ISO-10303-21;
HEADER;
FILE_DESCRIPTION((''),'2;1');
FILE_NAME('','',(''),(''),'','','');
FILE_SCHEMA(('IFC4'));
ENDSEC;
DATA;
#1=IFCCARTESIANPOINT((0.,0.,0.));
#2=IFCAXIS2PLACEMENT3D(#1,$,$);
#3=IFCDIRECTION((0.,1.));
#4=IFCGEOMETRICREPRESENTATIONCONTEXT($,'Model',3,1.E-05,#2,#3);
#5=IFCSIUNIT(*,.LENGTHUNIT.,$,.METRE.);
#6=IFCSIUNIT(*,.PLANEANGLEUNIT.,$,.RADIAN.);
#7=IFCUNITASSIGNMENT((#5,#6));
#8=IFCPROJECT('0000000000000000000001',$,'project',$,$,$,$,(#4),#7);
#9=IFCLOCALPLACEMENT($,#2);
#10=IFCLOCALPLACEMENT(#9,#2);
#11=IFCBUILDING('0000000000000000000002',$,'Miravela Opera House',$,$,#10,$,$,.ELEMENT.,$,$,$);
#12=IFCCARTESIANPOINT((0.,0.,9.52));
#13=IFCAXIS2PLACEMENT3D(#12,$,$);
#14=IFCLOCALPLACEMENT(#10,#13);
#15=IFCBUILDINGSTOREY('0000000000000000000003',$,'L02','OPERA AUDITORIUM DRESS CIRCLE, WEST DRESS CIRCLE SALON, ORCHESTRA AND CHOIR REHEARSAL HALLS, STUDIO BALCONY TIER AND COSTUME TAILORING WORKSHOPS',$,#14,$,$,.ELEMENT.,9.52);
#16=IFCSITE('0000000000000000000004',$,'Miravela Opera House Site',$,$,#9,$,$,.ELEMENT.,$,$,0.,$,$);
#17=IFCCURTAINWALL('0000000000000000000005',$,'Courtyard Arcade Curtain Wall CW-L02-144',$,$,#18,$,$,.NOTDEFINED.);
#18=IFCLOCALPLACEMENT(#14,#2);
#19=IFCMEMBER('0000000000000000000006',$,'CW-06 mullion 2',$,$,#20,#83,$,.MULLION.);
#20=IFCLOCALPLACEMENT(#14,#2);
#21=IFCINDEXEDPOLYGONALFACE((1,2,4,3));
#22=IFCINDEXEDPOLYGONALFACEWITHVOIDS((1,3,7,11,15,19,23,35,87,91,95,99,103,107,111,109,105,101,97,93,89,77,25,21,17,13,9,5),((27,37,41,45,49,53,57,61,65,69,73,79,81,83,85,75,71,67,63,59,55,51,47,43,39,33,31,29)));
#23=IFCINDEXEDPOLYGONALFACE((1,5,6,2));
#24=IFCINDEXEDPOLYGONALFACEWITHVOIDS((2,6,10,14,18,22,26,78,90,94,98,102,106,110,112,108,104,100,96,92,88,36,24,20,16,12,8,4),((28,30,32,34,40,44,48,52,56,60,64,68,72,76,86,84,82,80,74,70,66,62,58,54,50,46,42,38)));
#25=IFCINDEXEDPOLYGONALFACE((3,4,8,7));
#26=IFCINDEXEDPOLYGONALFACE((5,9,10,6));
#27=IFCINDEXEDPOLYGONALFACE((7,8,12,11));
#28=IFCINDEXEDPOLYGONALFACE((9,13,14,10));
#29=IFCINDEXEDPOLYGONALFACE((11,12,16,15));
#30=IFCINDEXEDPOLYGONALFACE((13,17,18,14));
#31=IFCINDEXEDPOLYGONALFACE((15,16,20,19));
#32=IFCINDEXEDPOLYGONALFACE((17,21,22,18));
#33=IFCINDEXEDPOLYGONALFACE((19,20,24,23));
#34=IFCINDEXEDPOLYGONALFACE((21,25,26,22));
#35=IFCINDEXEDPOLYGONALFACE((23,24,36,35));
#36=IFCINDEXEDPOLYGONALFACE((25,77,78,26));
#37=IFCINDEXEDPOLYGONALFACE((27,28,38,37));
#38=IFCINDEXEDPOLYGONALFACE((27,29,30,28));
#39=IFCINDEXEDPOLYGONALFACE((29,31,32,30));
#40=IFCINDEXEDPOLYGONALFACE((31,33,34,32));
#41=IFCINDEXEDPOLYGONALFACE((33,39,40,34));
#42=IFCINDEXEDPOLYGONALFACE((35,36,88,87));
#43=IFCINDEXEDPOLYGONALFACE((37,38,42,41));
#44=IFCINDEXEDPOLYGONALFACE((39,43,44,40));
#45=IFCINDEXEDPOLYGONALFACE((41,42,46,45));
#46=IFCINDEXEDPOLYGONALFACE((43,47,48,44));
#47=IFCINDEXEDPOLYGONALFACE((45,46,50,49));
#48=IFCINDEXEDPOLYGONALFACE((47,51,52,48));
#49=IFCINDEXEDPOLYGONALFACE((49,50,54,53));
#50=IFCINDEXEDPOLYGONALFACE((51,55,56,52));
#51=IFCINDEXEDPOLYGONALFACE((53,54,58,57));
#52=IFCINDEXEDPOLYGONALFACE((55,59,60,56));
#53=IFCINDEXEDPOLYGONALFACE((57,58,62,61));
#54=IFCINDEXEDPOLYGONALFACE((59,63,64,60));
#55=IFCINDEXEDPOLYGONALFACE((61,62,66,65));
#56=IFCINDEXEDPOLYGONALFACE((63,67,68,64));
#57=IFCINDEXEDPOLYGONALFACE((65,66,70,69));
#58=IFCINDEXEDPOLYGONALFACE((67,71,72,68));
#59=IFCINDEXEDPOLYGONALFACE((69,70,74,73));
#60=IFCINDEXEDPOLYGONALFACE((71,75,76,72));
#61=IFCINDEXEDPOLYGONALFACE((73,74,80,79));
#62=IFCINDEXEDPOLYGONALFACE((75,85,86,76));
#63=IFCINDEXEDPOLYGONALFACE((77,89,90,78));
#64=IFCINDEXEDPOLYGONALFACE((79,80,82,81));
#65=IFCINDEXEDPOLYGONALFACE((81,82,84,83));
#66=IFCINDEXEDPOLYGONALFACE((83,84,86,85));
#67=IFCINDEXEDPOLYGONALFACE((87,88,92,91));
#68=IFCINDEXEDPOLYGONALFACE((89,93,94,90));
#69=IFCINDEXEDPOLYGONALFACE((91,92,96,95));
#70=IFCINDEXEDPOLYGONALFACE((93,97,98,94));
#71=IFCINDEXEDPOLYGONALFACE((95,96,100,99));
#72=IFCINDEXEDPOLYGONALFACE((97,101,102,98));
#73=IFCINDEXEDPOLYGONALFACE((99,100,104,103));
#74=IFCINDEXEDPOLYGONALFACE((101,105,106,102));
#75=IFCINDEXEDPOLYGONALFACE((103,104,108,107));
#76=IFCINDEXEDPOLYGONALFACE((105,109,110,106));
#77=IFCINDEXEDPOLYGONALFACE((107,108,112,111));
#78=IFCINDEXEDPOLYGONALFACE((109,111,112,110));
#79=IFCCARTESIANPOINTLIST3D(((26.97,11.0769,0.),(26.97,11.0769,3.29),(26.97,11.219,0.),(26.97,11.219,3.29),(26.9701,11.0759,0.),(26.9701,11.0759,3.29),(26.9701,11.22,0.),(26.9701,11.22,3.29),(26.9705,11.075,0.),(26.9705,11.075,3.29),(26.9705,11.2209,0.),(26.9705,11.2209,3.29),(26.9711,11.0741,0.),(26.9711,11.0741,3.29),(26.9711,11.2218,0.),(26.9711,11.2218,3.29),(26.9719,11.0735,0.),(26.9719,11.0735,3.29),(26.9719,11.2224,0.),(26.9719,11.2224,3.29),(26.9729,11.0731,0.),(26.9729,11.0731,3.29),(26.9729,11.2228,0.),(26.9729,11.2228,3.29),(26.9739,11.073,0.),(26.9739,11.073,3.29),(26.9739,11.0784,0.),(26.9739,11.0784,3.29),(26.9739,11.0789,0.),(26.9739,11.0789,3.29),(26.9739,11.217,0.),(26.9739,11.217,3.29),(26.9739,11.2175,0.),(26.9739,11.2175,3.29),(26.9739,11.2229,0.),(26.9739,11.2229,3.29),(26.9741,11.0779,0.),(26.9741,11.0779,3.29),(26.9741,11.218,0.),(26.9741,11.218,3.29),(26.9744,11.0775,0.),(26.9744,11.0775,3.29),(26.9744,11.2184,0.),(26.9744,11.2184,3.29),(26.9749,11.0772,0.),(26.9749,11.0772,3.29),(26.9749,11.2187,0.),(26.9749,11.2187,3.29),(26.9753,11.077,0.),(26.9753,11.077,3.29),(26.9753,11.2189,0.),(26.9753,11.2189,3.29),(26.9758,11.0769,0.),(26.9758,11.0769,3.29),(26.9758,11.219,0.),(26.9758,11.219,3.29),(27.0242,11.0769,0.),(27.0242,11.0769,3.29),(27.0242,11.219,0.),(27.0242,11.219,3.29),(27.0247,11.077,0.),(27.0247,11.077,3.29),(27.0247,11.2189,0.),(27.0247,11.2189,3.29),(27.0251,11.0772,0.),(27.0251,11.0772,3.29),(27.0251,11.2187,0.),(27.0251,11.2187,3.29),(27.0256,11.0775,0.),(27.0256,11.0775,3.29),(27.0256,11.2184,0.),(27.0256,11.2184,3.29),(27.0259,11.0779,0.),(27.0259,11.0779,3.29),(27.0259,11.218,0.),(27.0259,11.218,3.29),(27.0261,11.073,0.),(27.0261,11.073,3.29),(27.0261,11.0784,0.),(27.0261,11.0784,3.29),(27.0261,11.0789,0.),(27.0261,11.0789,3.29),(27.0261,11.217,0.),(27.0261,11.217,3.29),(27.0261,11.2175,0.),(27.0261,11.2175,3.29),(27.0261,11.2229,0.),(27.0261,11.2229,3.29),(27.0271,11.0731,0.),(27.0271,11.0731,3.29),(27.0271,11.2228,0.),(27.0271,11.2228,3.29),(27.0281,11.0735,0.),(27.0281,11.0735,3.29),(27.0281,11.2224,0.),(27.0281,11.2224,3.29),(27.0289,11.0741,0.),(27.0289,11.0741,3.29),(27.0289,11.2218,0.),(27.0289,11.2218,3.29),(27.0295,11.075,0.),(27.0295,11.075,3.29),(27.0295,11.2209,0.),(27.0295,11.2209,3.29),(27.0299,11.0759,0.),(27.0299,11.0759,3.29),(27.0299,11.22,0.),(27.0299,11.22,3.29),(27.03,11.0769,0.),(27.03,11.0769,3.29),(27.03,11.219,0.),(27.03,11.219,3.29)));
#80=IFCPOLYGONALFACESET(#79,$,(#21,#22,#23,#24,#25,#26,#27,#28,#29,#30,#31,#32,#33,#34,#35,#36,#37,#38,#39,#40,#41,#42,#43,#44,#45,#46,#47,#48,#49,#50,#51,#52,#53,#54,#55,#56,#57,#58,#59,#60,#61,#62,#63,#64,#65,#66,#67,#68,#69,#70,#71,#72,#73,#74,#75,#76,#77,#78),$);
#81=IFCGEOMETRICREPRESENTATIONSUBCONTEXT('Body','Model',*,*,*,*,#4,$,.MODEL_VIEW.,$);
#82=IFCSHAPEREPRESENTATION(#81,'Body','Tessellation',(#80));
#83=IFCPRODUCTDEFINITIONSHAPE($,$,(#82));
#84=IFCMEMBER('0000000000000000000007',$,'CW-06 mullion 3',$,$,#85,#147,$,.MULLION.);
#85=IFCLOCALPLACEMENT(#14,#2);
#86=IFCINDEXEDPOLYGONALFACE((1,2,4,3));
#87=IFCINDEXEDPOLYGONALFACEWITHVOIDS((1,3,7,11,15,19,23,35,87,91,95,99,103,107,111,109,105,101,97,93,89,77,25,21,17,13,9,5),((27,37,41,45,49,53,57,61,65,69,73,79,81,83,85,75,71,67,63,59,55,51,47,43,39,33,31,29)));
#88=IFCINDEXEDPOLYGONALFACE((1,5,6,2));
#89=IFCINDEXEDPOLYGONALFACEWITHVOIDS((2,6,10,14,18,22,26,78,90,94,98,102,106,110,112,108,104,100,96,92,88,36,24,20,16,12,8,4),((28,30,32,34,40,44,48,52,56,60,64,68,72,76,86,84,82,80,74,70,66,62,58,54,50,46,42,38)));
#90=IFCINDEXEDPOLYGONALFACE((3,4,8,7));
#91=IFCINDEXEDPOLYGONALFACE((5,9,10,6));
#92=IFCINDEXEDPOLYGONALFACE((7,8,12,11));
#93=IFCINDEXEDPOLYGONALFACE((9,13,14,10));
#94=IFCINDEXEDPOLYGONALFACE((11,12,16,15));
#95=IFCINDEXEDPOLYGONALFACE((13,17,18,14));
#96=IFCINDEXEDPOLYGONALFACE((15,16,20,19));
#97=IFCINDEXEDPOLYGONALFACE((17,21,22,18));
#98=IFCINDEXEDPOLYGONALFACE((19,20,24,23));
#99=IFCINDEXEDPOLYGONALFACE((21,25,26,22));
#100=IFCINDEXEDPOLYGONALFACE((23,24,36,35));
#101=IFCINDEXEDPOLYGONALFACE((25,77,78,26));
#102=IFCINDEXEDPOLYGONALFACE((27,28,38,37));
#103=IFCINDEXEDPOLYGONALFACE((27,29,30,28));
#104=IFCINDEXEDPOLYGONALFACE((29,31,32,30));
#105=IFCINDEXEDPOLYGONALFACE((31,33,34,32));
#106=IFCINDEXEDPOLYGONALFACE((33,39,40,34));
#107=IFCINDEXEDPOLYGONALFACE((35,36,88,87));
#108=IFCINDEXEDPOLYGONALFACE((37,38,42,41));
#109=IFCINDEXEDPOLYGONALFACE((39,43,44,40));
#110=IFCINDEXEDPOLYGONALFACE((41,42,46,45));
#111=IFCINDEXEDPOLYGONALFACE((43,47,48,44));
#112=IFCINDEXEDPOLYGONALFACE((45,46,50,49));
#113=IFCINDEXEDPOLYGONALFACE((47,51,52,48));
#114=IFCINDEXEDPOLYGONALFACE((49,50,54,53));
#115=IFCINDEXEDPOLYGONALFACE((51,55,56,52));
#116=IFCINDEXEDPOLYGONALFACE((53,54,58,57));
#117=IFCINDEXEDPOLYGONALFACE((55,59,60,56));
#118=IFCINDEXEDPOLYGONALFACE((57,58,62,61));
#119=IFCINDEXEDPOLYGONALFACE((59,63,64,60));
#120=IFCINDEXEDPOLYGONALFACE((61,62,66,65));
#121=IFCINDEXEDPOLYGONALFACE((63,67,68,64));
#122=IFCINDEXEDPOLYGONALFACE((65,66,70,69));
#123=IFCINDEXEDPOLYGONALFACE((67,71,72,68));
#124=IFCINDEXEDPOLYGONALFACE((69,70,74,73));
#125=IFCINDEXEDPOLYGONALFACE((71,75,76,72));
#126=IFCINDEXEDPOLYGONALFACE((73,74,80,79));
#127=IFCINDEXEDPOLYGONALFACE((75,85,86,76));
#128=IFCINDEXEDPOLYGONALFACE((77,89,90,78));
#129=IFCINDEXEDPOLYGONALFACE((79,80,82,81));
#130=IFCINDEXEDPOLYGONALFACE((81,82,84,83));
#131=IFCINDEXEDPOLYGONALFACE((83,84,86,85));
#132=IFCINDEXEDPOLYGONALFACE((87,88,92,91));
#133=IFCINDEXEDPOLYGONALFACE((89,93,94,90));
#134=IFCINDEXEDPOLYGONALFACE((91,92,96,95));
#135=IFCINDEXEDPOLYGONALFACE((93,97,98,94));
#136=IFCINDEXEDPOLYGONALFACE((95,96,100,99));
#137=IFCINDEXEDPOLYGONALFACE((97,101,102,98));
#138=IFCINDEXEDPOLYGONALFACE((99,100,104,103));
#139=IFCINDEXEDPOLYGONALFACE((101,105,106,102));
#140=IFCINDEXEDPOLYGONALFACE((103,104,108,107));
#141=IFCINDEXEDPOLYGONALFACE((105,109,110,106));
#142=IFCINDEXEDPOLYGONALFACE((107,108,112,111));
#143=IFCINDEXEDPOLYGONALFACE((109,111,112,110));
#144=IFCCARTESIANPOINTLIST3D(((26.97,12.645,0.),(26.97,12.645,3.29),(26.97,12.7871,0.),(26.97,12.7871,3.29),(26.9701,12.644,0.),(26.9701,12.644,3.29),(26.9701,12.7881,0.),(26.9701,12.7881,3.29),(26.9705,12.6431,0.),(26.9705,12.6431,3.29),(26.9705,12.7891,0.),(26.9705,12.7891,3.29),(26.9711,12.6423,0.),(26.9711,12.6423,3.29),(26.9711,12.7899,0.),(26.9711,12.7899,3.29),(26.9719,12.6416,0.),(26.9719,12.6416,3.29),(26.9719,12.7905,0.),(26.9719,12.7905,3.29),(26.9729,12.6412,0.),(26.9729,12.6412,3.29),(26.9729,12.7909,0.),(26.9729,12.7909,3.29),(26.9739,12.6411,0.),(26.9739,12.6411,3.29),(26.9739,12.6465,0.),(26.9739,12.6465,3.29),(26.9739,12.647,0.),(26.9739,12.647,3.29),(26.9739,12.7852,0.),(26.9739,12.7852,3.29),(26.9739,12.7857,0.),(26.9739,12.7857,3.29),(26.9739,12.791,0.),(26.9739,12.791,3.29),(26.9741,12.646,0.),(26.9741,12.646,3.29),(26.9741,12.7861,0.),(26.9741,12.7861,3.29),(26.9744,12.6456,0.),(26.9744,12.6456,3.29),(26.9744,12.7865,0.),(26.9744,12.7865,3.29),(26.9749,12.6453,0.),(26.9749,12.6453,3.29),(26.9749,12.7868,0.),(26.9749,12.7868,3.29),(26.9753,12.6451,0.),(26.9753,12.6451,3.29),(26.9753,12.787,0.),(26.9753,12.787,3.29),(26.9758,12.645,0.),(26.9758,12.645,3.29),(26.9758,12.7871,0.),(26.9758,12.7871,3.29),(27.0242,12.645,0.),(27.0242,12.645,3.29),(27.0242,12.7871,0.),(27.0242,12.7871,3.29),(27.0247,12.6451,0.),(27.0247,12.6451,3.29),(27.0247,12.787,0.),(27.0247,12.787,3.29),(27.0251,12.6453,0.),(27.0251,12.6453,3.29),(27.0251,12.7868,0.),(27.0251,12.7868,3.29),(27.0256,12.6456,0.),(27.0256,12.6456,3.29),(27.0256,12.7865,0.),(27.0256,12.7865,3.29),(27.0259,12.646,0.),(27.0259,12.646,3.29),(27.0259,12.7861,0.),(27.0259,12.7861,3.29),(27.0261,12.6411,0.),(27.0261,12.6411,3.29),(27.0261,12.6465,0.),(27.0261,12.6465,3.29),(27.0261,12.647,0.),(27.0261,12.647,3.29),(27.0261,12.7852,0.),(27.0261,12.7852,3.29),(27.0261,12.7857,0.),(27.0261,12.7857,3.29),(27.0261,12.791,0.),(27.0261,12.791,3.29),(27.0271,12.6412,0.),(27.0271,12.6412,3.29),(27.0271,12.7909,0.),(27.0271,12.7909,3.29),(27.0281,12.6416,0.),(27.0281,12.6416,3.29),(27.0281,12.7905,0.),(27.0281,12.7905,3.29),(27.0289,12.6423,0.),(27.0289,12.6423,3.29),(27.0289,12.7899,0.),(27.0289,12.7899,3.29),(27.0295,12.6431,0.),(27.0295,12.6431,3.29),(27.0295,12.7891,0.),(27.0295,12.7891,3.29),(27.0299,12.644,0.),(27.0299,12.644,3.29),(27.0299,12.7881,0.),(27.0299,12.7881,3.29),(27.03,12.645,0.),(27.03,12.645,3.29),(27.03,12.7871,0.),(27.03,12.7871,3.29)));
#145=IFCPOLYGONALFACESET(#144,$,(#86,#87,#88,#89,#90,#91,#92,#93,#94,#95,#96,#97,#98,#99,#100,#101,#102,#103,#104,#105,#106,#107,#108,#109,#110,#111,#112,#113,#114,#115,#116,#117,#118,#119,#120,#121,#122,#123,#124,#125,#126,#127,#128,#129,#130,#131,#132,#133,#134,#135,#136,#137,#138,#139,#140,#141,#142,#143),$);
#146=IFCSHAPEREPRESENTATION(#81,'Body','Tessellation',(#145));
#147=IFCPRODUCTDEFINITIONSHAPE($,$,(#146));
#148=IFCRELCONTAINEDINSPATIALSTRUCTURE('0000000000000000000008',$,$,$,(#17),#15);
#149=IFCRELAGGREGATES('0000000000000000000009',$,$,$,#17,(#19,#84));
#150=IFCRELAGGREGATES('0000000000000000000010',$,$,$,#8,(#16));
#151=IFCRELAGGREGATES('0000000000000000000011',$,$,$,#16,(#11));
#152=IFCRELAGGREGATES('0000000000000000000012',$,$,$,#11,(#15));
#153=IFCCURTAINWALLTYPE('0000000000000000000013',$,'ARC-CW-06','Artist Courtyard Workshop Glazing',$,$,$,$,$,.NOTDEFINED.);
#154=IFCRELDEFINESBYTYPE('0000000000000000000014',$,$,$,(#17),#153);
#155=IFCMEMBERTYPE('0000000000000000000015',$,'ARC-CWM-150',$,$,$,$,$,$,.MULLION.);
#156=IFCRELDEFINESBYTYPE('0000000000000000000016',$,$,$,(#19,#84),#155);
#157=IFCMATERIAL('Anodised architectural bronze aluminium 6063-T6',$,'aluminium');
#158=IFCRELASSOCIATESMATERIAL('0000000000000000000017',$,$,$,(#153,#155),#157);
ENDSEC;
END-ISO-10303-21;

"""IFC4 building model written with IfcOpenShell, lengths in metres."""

from ifc_helpers import new_model, si_unit, direction, frame, origin, origin_2d, place, context, subcontext, project, spatial, hollow_rectangle, extrude, material, material_profile, profile_set, type_object, element, aggregate, save


model = new_model("IFC4")

# Units and contexts
model_context = context("Model", 3, precision=1e-05, world=origin(), true_north=direction((0.0, 1.0)))
body_context = subcontext(model_context, "Body", "Model", "MODEL_VIEW")
ifc_project = project(units=[si_unit("LENGTHUNIT", "METRE"), si_unit("PLANEANGLEUNIT", "RADIAN")], contexts=[model_context])

# Site, building, storey
site_placement = place(None, origin())
site = spatial("IfcSite", under=ifc_project, at=site_placement, Name="Miravela Opera House Site", CompositionType="ELEMENT", RefElevation=0.0)
building_placement = place(site_placement, origin())
building = spatial("IfcBuilding", under=site, at=building_placement, Name="Miravela Opera House", CompositionType="ELEMENT")
storey_placement = place(building_placement, frame((0.0, 0.0, 9.52)))
storey = spatial("IfcBuildingStorey", under=building, at=storey_placement, Name="L02", Description="OPERA AUDITORIUM DRESS CIRCLE, WEST DRESS CIRCLE SALON, ORCHESTRA AND CHOIR REHEARSAL HALLS, STUDIO BALCONY TIER AND COSTUME TAILORING WORKSHOPS", CompositionType="ELEMENT", Elevation=9.52)

# Curtain wall, members
ifc_material_1 = material(Name="Anodised architectural bronze aluminium 6063-T6", Category="aluminium")
curtain_wall_type = type_object("IfcCurtainWallType", Name="ARC-CW-06", Description="Artist Courtyard Workshop Glazing", PredefinedType="NOTDEFINED", material=ifc_material_1)
curtain_wall_placement = place(storey_placement, origin())
curtain_wall = element("IfcCurtainWall", 1, at=curtain_wall_placement, inside=storey, type_object=curtain_wall_type, Name="Courtyard Arcade Curtain Wall CW-L02-144", PredefinedType="NOTDEFINED")
ifc_material_profile_1 = material_profile(ifc_material_1, hollow_rectangle(XDim=0.0601, YDim=0.1499, WallThickness=0.0039, InnerFilletRadius=0.002, OuterFilletRadius=0.0039, at=origin_2d()), Name="CWM-60X150")
ifc_profile_set_1 = profile_set([ifc_material_profile_1])
member_type_1 = type_object("IfcMemberType", Name="ARC-CWM-150", PredefinedType="MULLION", material=ifc_profile_set_1)
member_1_placement = place(storey_placement, frame((27.0, 11.1479, 0.0), z_axis=(0.0, 0.0, 1.0), x_axis=(-1.0, 0.0, 0.0)))
member_1 = element("IfcMember", 2, at=member_1_placement, type_object=member_type_1, Name="CW-06 mullion 2", PredefinedType="MULLION", context=body_context, shape_type="SweptSolid", body=[
    extrude(hollow_rectangle(XDim=0.0601, YDim=0.1499, WallThickness=0.0039, InnerFilletRadius=0.002, OuterFilletRadius=0.0039, at=origin_2d()), origin(), (0.0, 0.0, 1.0), 3.29),
])
member_2_placement = place(storey_placement, frame((27.0, 12.7161, 0.0), z_axis=(0.0, 0.0, 1.0), x_axis=(-1.0, 0.0, 0.0)))
member_2 = element("IfcMember", 3, at=member_2_placement, type_object=member_type_1, Name="CW-06 mullion 3", PredefinedType="MULLION", context=body_context, shape_type="SweptSolid", body=[
    extrude(hollow_rectangle(XDim=0.0601, YDim=0.1499, WallThickness=0.0039, InnerFilletRadius=0.002, OuterFilletRadius=0.0039, at=origin_2d()), origin(), (0.0, 0.0, 1.0), 3.29),
])

aggregate(curtain_wall, [member_1, member_2])

save(model, "model.ifc")
